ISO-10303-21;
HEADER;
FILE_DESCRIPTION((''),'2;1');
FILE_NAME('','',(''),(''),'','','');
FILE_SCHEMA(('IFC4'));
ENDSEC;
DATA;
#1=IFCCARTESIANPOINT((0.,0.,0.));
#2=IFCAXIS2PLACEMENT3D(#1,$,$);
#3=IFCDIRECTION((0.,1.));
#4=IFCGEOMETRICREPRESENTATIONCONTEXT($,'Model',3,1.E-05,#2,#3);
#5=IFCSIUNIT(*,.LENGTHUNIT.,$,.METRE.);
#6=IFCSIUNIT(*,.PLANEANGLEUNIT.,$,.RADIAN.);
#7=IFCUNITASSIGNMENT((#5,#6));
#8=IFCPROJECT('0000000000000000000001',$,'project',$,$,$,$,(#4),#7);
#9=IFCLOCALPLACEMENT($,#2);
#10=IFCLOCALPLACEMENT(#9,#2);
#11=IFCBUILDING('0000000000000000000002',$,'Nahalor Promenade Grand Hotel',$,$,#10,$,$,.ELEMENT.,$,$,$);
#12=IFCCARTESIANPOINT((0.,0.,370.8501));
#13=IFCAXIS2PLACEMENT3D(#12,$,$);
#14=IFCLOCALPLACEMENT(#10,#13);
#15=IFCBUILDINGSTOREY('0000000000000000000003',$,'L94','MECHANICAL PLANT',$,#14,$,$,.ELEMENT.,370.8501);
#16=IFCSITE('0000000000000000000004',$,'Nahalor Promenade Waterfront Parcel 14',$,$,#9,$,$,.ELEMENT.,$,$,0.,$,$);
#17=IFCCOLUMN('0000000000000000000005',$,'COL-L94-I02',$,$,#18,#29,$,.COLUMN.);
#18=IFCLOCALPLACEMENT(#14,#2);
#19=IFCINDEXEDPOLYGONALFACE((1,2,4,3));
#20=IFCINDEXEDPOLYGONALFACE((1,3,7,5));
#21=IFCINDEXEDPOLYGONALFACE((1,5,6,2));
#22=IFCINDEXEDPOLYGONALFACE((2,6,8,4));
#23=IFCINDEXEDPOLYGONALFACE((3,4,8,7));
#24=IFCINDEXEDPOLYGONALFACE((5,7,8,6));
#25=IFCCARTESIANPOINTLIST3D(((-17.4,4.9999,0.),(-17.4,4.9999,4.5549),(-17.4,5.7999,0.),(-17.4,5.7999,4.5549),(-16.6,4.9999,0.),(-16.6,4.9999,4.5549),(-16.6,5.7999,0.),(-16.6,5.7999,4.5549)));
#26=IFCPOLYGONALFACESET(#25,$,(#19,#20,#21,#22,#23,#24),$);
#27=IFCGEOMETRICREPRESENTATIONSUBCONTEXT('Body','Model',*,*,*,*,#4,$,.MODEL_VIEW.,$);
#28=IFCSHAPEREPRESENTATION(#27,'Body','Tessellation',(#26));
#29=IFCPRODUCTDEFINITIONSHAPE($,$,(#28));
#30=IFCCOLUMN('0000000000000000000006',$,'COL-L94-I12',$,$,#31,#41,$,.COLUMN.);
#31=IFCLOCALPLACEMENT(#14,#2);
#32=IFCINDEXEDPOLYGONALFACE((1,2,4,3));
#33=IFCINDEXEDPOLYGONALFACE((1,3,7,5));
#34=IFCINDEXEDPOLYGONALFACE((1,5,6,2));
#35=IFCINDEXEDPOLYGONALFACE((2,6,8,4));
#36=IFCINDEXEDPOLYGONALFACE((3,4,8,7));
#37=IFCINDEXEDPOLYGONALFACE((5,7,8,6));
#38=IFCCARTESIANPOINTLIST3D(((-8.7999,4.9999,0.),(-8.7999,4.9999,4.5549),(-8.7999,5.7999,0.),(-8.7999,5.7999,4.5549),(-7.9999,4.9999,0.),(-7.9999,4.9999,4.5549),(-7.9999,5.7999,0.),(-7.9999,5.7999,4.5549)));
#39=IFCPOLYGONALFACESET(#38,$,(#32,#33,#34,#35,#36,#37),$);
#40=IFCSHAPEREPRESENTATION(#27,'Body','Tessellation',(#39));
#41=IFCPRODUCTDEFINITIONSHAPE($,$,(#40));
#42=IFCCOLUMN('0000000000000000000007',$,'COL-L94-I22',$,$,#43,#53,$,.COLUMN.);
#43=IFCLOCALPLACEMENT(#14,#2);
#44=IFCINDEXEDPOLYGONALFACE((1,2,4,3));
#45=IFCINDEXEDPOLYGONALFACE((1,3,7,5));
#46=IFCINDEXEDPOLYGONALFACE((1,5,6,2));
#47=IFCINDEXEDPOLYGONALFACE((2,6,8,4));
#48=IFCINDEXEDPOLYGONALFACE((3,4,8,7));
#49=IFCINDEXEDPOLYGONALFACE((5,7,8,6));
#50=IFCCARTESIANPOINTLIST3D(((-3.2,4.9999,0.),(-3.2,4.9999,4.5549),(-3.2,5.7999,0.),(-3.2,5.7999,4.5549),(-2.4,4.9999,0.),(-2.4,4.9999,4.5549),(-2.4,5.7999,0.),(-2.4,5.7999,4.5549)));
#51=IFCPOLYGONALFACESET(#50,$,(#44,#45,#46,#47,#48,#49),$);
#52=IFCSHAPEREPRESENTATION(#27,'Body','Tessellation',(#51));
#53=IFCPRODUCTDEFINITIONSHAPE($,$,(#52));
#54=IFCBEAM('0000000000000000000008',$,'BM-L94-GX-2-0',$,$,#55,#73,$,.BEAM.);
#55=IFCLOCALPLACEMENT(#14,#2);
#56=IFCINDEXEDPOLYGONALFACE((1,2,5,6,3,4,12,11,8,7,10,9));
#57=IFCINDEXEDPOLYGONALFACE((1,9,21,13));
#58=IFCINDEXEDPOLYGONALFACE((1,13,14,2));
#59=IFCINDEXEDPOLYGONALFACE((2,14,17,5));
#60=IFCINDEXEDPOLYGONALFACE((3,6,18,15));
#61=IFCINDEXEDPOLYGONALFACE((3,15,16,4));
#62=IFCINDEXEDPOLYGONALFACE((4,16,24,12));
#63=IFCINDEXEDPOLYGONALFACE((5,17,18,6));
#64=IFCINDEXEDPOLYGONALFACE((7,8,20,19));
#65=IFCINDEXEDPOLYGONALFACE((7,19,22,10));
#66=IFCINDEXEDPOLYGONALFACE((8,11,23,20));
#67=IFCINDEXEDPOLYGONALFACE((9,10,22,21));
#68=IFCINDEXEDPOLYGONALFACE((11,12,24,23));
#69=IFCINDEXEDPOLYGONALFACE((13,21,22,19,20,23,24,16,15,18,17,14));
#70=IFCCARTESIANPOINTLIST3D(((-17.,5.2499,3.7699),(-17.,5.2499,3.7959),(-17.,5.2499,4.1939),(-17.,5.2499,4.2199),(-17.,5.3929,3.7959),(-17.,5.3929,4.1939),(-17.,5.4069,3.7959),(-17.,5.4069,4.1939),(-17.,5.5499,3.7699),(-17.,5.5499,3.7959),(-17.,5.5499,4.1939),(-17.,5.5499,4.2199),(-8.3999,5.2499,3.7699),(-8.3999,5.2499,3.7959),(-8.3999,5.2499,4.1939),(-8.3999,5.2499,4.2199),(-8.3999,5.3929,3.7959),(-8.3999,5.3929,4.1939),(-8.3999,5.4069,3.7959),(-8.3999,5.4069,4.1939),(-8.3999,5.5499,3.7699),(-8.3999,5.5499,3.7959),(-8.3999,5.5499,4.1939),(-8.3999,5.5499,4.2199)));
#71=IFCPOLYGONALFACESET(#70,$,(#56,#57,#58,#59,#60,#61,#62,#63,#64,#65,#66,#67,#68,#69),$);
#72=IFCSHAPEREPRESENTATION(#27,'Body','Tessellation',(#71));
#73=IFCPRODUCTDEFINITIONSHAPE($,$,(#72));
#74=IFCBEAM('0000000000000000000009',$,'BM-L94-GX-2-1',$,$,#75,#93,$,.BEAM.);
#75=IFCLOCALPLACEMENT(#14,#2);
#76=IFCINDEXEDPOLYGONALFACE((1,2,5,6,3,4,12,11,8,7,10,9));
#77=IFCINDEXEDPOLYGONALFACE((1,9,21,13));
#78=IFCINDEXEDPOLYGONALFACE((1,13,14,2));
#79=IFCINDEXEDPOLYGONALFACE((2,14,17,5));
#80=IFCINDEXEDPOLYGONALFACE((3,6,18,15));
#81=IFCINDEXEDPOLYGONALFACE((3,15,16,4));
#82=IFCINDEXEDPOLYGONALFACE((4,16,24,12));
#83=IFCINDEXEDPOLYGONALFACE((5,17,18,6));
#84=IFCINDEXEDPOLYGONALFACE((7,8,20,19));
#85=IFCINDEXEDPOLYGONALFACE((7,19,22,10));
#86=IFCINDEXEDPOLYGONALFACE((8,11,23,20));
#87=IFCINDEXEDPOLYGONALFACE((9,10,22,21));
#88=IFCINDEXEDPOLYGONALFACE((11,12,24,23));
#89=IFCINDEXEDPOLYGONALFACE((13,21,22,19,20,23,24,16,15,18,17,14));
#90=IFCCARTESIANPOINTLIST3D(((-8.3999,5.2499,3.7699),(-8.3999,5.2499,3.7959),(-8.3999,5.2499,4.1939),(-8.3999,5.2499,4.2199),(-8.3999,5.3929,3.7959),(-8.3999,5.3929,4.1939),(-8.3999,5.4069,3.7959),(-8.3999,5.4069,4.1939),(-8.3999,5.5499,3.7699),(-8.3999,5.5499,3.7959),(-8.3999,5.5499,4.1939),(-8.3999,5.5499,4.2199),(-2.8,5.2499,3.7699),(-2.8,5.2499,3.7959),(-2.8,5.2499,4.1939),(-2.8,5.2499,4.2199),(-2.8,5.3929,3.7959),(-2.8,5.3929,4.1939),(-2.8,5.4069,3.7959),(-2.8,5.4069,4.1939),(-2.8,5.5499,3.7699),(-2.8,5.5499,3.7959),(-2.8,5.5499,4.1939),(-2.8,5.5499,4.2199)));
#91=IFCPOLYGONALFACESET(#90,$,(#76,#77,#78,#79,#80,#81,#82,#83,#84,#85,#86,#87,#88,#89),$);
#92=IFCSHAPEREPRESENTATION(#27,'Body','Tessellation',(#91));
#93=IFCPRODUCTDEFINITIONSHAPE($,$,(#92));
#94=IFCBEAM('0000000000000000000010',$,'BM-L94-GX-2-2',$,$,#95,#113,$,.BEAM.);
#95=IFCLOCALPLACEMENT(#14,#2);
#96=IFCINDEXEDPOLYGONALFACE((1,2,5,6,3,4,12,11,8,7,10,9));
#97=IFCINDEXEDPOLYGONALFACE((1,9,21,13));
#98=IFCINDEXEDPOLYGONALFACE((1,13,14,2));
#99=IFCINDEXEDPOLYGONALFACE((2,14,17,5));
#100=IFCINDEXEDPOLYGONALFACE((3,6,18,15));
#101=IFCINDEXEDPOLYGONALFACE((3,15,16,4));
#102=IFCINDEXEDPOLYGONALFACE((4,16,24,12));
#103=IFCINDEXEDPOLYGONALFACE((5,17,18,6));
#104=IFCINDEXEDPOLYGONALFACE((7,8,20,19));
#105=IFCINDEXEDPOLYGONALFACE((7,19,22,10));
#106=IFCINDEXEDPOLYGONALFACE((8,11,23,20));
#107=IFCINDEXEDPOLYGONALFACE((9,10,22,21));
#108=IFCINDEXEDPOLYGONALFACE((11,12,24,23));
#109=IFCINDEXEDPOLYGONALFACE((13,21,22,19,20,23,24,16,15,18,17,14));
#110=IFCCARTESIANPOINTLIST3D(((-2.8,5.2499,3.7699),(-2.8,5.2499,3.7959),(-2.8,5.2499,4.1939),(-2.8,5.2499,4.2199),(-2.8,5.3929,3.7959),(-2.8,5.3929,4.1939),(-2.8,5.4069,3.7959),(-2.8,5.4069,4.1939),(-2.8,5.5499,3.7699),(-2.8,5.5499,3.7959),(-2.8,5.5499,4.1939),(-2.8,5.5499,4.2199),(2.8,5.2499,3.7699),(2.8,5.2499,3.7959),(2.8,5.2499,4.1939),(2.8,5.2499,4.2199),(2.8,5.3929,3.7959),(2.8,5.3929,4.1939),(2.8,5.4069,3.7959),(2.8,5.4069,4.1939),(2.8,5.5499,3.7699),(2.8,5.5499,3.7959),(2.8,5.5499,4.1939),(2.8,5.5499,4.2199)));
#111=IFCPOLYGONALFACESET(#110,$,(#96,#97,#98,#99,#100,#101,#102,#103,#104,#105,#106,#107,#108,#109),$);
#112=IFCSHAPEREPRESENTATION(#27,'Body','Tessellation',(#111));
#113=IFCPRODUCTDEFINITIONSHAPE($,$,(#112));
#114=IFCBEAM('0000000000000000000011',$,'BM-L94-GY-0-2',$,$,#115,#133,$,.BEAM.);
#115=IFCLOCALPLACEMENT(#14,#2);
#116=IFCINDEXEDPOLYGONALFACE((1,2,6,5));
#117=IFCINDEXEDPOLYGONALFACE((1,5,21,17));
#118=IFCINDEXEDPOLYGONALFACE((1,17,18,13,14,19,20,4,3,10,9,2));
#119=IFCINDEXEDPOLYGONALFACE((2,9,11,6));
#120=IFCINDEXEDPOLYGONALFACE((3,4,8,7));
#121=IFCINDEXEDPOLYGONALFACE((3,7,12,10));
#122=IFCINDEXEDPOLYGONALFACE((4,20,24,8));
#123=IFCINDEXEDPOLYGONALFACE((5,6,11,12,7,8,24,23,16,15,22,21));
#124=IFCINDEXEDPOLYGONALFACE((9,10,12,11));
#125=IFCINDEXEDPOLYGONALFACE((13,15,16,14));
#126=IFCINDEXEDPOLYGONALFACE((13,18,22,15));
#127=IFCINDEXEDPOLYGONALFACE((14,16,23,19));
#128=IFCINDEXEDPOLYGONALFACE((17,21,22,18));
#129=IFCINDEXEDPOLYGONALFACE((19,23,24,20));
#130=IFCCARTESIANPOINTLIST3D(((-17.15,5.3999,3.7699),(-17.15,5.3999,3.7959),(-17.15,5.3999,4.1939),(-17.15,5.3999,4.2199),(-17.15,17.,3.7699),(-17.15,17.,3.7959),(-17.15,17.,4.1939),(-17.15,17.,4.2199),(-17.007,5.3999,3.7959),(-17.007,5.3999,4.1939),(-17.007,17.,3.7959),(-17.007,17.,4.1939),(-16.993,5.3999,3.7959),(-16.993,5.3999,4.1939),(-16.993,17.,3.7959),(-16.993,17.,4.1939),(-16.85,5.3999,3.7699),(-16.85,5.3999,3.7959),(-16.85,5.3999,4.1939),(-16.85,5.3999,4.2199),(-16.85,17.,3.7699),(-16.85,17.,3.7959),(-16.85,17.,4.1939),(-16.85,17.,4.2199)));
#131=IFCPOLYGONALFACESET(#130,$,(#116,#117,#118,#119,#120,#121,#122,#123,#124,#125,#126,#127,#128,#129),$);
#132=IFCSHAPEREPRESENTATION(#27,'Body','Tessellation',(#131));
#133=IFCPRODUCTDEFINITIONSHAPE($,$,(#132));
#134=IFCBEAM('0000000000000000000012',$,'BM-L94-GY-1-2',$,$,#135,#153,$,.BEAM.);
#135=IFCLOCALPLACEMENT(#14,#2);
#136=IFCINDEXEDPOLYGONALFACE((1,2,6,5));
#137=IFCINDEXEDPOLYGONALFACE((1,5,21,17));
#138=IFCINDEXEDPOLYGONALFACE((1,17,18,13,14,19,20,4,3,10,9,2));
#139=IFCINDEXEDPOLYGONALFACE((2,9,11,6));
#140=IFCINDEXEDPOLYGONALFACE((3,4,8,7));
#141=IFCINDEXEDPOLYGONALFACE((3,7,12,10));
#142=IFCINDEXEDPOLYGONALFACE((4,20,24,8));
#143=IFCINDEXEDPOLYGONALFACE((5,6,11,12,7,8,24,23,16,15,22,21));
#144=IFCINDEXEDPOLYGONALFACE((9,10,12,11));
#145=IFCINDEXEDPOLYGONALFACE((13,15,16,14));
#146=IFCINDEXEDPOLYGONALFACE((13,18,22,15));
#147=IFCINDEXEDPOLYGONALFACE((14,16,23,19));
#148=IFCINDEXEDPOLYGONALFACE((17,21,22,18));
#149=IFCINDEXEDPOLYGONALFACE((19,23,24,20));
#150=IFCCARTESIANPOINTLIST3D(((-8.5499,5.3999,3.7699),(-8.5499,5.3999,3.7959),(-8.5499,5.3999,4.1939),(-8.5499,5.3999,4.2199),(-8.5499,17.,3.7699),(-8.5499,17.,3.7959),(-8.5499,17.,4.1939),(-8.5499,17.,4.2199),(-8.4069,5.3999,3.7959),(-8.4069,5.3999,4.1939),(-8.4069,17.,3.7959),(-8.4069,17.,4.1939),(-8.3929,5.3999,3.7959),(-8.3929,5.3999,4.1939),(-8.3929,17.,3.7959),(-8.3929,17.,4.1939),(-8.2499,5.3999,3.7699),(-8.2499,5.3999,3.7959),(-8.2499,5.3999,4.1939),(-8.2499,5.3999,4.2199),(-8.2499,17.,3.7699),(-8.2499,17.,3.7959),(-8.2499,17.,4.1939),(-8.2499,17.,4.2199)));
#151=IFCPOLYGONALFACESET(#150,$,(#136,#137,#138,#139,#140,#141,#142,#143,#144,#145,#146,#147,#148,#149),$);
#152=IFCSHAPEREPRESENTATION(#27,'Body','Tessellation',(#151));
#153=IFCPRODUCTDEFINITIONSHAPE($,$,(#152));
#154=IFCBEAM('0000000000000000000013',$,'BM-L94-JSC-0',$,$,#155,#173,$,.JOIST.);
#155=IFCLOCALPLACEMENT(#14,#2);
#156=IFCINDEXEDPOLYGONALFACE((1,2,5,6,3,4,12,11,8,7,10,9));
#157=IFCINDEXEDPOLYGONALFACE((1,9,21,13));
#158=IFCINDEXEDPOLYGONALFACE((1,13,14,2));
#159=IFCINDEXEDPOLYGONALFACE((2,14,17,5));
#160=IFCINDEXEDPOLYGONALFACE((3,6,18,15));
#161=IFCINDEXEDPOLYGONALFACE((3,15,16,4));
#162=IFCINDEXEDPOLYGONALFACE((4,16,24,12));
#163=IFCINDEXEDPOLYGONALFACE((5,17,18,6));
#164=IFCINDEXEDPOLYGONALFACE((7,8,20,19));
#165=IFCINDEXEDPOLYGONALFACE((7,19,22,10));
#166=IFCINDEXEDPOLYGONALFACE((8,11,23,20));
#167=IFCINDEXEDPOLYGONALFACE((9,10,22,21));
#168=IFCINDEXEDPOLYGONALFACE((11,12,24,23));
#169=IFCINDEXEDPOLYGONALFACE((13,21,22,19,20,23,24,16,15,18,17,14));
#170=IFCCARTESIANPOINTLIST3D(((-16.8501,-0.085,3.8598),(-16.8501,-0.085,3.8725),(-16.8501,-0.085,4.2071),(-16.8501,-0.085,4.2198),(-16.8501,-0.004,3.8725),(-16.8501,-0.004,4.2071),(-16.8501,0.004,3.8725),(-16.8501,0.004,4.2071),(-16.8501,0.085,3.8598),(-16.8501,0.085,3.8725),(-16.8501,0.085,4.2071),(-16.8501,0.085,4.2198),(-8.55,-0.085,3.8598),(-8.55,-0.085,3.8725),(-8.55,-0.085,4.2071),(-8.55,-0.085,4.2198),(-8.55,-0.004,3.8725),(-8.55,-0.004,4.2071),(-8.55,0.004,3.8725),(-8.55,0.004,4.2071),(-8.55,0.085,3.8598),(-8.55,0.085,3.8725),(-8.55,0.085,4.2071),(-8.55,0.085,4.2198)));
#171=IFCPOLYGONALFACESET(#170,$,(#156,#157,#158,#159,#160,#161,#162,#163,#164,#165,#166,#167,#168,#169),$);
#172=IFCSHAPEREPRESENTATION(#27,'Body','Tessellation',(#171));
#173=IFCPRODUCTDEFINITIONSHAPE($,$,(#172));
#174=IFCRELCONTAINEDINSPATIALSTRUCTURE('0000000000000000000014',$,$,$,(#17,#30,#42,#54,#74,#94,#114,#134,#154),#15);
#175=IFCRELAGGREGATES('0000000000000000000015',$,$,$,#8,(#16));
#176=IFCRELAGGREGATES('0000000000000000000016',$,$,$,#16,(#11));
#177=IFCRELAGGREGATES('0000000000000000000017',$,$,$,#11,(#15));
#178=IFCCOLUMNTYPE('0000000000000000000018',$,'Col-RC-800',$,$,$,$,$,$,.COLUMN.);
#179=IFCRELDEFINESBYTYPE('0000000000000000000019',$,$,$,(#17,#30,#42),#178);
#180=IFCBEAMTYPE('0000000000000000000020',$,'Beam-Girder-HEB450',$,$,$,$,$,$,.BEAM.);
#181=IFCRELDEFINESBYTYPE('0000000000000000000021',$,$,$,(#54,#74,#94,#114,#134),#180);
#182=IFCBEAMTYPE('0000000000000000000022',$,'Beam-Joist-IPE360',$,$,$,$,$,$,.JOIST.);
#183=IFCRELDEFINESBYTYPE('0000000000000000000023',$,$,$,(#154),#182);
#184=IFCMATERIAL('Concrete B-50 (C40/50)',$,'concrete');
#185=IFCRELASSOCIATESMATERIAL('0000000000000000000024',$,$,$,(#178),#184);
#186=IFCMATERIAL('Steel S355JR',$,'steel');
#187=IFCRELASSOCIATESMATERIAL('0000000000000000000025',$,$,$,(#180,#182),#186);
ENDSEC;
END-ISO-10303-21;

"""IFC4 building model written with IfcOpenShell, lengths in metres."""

from ifc_helpers import new_model, si_unit, direction, frame, origin, origin_2d, place, context, subcontext, project, spatial, rectangle, i_section, extrude, source, transform, mapped, material, material_profile, profile_set, type_object, element, save


model = new_model("IFC4")

# Units and contexts
model_context = context("Model", 3, precision=1e-05, world=origin(), true_north=direction((0.0, 1.0)))
body_context = subcontext(model_context, "Body", "Model", "MODEL_VIEW")
ifc_project = project(units=[si_unit("LENGTHUNIT", "METRE"), si_unit("PLANEANGLEUNIT", "RADIAN")], contexts=[model_context])

# Site, building, storey
site_placement = place(None, origin())
site = spatial("IfcSite", under=ifc_project, at=site_placement, Name="Nahalor Promenade Waterfront Parcel 14", CompositionType="ELEMENT", RefElevation=0.0)
building_placement = place(site_placement, origin())
building = spatial("IfcBuilding", under=site, at=building_placement, Name="Nahalor Promenade Grand Hotel", CompositionType="ELEMENT")
storey_placement = place(building_placement, frame((0.0, 0.0, 370.8501)))
storey = spatial("IfcBuildingStorey", under=building, at=storey_placement, Name="L94", Description="MECHANICAL PLANT", CompositionType="ELEMENT", Elevation=370.8501)

# Columns
ifc_material_1 = material(Name="Concrete B-50 (C40/50)", Category="concrete")
ifc_material_profile_1 = material_profile(ifc_material_1, rectangle(XDim=0.8, YDim=0.8, at=origin_2d()), Name="RC 800x800")
ifc_profile_set_1 = profile_set([ifc_material_profile_1], Name="Concrete B-50 (C40/50)")
column_type = type_object("IfcColumnType", Name="Col-RC-800", PredefinedType="COLUMN", material=ifc_profile_set_1)
shared_shape_1 = source(origin(), body_context, "Body", "SweptSolid", [
    extrude(rectangle(XDim=0.8, YDim=0.8, at=origin_2d()), origin(), (0.0, 0.0, 1.0), 4.5549),
])
for number, where, z_axis, x_axis, name in (
    (1, (-17.0, 5.3999, 0.0), (0.0, 0.0, 1.0), (1.0, 0.0, 0.0), "COL-L94-I02"),
    (2, (-8.3999, 5.3999, 0.0), (0.0, 0.0, 1.0), (1.0, 0.0, 0.0), "COL-L94-I12"),
    (3, (-2.8, 5.3999, 0.0), (0.0, 0.0, 1.0), (1.0, 0.0, 0.0), "COL-L94-I22"),
):
    element("IfcColumn", number, at=place(storey_placement, frame(where, z_axis=z_axis, x_axis=x_axis)), inside=storey, type_object=column_type, Name=name, PredefinedType="COLUMN", context=body_context, shape_type="MappedRepresentation", body=[
        mapped(shared_shape_1, transform((0.0, 0.0, 0.0), scale=1.0)),
    ])

# Beams
ifc_material_2 = material(Name="Steel S355JR", Category="steel")
ifc_material_profile_2 = material_profile(ifc_material_2, i_section(OverallWidth=0.3, OverallDepth=0.45, WebThickness=0.014, FlangeThickness=0.026, at=origin_2d()), Name="HEB 450")
ifc_profile_set_2 = profile_set([ifc_material_profile_2], Name="Steel S355JR")
beam_type_1 = type_object("IfcBeamType", Name="Beam-Girder-HEB450", PredefinedType="BEAM", material=ifc_profile_set_2)
shared_shape_2 = source(origin(), body_context, "Body", "SweptSolid", [
    extrude(i_section(OverallWidth=0.3, OverallDepth=0.45, WebThickness=0.014, FlangeThickness=0.026, at=origin_2d()), origin(), (0.0, 0.0, 1.0), 8.6001),
])
beam_1_placement = place(storey_placement, frame((-17.0, 5.3999, 3.9949), z_axis=(1.0, 0.0, 0.0), x_axis=(0.0, 1.0, 0.0)))
element("IfcBeam", 4, at=beam_1_placement, inside=storey, type_object=beam_type_1, Name="BM-L94-GX-2-0", PredefinedType="BEAM", context=body_context, shape_type="MappedRepresentation", body=[
    mapped(shared_shape_2, transform((0.0, 0.0, 0.0), scale=1.0)),
])
shared_shape_3 = source(origin(), body_context, "Body", "SweptSolid", [
    extrude(i_section(OverallWidth=0.3, OverallDepth=0.45, WebThickness=0.014, FlangeThickness=0.026, at=origin_2d()), origin(), (0.0, 0.0, 1.0), 5.5999),
])
beam_2_placement = place(storey_placement, frame((-8.3999, 5.3999, 3.9949), z_axis=(1.0, 0.0, 0.0), x_axis=(0.0, 1.0, 0.0)))
element("IfcBeam", 5, at=beam_2_placement, inside=storey, type_object=beam_type_1, Name="BM-L94-GX-2-1", PredefinedType="BEAM", context=body_context, shape_type="MappedRepresentation", body=[
    mapped(shared_shape_3, transform((0.0, 0.0, 0.0), scale=1.0)),
])
shared_shape_4 = source(origin(), body_context, "Body", "SweptSolid", [
    extrude(i_section(OverallWidth=0.3, OverallDepth=0.45, WebThickness=0.014, FlangeThickness=0.026, at=origin_2d()), origin(), (0.0, 0.0, 1.0), 5.6001),
])
beam_3_placement = place(storey_placement, frame((-2.8, 5.3999, 3.9949), z_axis=(1.0, 0.0, 0.0), x_axis=(0.0, 1.0, 0.0)))
element("IfcBeam", 6, at=beam_3_placement, inside=storey, type_object=beam_type_1, Name="BM-L94-GX-2-2", PredefinedType="BEAM", context=body_context, shape_type="MappedRepresentation", body=[
    mapped(shared_shape_4, transform((0.0, 0.0, 0.0), scale=1.0)),
])
shared_shape_5 = source(origin(), body_context, "Body", "SweptSolid", [
    extrude(i_section(OverallWidth=0.3, OverallDepth=0.45, WebThickness=0.014, FlangeThickness=0.026, at=origin_2d()), origin(), (0.0, 0.0, 1.0), 11.6001),
])
for number, where, z_axis, x_axis, name in (
    (7, (-17.0, 5.3999, 3.9949), (0.0, 1.0, 0.0), (-1.0, 0.0, 0.0), "BM-L94-GY-0-2"),
    (8, (-8.3999, 5.3999, 3.9949), (0.0, 1.0, 0.0), (-1.0, 0.0, 0.0), "BM-L94-GY-1-2"),
):
    element("IfcBeam", number, at=place(storey_placement, frame(where, z_axis=z_axis, x_axis=x_axis)), inside=storey, type_object=beam_type_1, Name=name, PredefinedType="BEAM", context=body_context, shape_type="MappedRepresentation", body=[
        mapped(shared_shape_5, transform((0.0, 0.0, 0.0), scale=1.0)),
    ])
ifc_material_profile_3 = material_profile(ifc_material_2, i_section(OverallWidth=0.17, OverallDepth=0.36, WebThickness=0.008, FlangeThickness=0.0127, at=origin_2d()), Name="IPE 360")
ifc_profile_set_3 = profile_set([ifc_material_profile_3], Name="Steel S355JR")
beam_type_2 = type_object("IfcBeamType", Name="Beam-Joist-IPE360", PredefinedType="JOIST", material=ifc_profile_set_3)
shared_shape_6 = source(origin(), body_context, "Body", "SweptSolid", [
    extrude(i_section(OverallWidth=0.17, OverallDepth=0.36, WebThickness=0.008, FlangeThickness=0.0127, at=origin_2d()), origin(), (0.0, 0.0, 1.0), 8.3),
])
beam_4_placement = place(storey_placement, frame((-16.8501, 0.0, 4.0398), z_axis=(1.0, 0.0, 0.0), x_axis=(0.0, 1.0, 0.0)))
element("IfcBeam", 9, at=beam_4_placement, inside=storey, type_object=beam_type_2, Name="BM-L94-JSC-0", PredefinedType="JOIST", context=body_context, shape_type="MappedRepresentation", body=[
    mapped(shared_shape_6, transform((0.0, 0.0, 0.0), scale=1.0)),
])

save(model, "model.ifc")
